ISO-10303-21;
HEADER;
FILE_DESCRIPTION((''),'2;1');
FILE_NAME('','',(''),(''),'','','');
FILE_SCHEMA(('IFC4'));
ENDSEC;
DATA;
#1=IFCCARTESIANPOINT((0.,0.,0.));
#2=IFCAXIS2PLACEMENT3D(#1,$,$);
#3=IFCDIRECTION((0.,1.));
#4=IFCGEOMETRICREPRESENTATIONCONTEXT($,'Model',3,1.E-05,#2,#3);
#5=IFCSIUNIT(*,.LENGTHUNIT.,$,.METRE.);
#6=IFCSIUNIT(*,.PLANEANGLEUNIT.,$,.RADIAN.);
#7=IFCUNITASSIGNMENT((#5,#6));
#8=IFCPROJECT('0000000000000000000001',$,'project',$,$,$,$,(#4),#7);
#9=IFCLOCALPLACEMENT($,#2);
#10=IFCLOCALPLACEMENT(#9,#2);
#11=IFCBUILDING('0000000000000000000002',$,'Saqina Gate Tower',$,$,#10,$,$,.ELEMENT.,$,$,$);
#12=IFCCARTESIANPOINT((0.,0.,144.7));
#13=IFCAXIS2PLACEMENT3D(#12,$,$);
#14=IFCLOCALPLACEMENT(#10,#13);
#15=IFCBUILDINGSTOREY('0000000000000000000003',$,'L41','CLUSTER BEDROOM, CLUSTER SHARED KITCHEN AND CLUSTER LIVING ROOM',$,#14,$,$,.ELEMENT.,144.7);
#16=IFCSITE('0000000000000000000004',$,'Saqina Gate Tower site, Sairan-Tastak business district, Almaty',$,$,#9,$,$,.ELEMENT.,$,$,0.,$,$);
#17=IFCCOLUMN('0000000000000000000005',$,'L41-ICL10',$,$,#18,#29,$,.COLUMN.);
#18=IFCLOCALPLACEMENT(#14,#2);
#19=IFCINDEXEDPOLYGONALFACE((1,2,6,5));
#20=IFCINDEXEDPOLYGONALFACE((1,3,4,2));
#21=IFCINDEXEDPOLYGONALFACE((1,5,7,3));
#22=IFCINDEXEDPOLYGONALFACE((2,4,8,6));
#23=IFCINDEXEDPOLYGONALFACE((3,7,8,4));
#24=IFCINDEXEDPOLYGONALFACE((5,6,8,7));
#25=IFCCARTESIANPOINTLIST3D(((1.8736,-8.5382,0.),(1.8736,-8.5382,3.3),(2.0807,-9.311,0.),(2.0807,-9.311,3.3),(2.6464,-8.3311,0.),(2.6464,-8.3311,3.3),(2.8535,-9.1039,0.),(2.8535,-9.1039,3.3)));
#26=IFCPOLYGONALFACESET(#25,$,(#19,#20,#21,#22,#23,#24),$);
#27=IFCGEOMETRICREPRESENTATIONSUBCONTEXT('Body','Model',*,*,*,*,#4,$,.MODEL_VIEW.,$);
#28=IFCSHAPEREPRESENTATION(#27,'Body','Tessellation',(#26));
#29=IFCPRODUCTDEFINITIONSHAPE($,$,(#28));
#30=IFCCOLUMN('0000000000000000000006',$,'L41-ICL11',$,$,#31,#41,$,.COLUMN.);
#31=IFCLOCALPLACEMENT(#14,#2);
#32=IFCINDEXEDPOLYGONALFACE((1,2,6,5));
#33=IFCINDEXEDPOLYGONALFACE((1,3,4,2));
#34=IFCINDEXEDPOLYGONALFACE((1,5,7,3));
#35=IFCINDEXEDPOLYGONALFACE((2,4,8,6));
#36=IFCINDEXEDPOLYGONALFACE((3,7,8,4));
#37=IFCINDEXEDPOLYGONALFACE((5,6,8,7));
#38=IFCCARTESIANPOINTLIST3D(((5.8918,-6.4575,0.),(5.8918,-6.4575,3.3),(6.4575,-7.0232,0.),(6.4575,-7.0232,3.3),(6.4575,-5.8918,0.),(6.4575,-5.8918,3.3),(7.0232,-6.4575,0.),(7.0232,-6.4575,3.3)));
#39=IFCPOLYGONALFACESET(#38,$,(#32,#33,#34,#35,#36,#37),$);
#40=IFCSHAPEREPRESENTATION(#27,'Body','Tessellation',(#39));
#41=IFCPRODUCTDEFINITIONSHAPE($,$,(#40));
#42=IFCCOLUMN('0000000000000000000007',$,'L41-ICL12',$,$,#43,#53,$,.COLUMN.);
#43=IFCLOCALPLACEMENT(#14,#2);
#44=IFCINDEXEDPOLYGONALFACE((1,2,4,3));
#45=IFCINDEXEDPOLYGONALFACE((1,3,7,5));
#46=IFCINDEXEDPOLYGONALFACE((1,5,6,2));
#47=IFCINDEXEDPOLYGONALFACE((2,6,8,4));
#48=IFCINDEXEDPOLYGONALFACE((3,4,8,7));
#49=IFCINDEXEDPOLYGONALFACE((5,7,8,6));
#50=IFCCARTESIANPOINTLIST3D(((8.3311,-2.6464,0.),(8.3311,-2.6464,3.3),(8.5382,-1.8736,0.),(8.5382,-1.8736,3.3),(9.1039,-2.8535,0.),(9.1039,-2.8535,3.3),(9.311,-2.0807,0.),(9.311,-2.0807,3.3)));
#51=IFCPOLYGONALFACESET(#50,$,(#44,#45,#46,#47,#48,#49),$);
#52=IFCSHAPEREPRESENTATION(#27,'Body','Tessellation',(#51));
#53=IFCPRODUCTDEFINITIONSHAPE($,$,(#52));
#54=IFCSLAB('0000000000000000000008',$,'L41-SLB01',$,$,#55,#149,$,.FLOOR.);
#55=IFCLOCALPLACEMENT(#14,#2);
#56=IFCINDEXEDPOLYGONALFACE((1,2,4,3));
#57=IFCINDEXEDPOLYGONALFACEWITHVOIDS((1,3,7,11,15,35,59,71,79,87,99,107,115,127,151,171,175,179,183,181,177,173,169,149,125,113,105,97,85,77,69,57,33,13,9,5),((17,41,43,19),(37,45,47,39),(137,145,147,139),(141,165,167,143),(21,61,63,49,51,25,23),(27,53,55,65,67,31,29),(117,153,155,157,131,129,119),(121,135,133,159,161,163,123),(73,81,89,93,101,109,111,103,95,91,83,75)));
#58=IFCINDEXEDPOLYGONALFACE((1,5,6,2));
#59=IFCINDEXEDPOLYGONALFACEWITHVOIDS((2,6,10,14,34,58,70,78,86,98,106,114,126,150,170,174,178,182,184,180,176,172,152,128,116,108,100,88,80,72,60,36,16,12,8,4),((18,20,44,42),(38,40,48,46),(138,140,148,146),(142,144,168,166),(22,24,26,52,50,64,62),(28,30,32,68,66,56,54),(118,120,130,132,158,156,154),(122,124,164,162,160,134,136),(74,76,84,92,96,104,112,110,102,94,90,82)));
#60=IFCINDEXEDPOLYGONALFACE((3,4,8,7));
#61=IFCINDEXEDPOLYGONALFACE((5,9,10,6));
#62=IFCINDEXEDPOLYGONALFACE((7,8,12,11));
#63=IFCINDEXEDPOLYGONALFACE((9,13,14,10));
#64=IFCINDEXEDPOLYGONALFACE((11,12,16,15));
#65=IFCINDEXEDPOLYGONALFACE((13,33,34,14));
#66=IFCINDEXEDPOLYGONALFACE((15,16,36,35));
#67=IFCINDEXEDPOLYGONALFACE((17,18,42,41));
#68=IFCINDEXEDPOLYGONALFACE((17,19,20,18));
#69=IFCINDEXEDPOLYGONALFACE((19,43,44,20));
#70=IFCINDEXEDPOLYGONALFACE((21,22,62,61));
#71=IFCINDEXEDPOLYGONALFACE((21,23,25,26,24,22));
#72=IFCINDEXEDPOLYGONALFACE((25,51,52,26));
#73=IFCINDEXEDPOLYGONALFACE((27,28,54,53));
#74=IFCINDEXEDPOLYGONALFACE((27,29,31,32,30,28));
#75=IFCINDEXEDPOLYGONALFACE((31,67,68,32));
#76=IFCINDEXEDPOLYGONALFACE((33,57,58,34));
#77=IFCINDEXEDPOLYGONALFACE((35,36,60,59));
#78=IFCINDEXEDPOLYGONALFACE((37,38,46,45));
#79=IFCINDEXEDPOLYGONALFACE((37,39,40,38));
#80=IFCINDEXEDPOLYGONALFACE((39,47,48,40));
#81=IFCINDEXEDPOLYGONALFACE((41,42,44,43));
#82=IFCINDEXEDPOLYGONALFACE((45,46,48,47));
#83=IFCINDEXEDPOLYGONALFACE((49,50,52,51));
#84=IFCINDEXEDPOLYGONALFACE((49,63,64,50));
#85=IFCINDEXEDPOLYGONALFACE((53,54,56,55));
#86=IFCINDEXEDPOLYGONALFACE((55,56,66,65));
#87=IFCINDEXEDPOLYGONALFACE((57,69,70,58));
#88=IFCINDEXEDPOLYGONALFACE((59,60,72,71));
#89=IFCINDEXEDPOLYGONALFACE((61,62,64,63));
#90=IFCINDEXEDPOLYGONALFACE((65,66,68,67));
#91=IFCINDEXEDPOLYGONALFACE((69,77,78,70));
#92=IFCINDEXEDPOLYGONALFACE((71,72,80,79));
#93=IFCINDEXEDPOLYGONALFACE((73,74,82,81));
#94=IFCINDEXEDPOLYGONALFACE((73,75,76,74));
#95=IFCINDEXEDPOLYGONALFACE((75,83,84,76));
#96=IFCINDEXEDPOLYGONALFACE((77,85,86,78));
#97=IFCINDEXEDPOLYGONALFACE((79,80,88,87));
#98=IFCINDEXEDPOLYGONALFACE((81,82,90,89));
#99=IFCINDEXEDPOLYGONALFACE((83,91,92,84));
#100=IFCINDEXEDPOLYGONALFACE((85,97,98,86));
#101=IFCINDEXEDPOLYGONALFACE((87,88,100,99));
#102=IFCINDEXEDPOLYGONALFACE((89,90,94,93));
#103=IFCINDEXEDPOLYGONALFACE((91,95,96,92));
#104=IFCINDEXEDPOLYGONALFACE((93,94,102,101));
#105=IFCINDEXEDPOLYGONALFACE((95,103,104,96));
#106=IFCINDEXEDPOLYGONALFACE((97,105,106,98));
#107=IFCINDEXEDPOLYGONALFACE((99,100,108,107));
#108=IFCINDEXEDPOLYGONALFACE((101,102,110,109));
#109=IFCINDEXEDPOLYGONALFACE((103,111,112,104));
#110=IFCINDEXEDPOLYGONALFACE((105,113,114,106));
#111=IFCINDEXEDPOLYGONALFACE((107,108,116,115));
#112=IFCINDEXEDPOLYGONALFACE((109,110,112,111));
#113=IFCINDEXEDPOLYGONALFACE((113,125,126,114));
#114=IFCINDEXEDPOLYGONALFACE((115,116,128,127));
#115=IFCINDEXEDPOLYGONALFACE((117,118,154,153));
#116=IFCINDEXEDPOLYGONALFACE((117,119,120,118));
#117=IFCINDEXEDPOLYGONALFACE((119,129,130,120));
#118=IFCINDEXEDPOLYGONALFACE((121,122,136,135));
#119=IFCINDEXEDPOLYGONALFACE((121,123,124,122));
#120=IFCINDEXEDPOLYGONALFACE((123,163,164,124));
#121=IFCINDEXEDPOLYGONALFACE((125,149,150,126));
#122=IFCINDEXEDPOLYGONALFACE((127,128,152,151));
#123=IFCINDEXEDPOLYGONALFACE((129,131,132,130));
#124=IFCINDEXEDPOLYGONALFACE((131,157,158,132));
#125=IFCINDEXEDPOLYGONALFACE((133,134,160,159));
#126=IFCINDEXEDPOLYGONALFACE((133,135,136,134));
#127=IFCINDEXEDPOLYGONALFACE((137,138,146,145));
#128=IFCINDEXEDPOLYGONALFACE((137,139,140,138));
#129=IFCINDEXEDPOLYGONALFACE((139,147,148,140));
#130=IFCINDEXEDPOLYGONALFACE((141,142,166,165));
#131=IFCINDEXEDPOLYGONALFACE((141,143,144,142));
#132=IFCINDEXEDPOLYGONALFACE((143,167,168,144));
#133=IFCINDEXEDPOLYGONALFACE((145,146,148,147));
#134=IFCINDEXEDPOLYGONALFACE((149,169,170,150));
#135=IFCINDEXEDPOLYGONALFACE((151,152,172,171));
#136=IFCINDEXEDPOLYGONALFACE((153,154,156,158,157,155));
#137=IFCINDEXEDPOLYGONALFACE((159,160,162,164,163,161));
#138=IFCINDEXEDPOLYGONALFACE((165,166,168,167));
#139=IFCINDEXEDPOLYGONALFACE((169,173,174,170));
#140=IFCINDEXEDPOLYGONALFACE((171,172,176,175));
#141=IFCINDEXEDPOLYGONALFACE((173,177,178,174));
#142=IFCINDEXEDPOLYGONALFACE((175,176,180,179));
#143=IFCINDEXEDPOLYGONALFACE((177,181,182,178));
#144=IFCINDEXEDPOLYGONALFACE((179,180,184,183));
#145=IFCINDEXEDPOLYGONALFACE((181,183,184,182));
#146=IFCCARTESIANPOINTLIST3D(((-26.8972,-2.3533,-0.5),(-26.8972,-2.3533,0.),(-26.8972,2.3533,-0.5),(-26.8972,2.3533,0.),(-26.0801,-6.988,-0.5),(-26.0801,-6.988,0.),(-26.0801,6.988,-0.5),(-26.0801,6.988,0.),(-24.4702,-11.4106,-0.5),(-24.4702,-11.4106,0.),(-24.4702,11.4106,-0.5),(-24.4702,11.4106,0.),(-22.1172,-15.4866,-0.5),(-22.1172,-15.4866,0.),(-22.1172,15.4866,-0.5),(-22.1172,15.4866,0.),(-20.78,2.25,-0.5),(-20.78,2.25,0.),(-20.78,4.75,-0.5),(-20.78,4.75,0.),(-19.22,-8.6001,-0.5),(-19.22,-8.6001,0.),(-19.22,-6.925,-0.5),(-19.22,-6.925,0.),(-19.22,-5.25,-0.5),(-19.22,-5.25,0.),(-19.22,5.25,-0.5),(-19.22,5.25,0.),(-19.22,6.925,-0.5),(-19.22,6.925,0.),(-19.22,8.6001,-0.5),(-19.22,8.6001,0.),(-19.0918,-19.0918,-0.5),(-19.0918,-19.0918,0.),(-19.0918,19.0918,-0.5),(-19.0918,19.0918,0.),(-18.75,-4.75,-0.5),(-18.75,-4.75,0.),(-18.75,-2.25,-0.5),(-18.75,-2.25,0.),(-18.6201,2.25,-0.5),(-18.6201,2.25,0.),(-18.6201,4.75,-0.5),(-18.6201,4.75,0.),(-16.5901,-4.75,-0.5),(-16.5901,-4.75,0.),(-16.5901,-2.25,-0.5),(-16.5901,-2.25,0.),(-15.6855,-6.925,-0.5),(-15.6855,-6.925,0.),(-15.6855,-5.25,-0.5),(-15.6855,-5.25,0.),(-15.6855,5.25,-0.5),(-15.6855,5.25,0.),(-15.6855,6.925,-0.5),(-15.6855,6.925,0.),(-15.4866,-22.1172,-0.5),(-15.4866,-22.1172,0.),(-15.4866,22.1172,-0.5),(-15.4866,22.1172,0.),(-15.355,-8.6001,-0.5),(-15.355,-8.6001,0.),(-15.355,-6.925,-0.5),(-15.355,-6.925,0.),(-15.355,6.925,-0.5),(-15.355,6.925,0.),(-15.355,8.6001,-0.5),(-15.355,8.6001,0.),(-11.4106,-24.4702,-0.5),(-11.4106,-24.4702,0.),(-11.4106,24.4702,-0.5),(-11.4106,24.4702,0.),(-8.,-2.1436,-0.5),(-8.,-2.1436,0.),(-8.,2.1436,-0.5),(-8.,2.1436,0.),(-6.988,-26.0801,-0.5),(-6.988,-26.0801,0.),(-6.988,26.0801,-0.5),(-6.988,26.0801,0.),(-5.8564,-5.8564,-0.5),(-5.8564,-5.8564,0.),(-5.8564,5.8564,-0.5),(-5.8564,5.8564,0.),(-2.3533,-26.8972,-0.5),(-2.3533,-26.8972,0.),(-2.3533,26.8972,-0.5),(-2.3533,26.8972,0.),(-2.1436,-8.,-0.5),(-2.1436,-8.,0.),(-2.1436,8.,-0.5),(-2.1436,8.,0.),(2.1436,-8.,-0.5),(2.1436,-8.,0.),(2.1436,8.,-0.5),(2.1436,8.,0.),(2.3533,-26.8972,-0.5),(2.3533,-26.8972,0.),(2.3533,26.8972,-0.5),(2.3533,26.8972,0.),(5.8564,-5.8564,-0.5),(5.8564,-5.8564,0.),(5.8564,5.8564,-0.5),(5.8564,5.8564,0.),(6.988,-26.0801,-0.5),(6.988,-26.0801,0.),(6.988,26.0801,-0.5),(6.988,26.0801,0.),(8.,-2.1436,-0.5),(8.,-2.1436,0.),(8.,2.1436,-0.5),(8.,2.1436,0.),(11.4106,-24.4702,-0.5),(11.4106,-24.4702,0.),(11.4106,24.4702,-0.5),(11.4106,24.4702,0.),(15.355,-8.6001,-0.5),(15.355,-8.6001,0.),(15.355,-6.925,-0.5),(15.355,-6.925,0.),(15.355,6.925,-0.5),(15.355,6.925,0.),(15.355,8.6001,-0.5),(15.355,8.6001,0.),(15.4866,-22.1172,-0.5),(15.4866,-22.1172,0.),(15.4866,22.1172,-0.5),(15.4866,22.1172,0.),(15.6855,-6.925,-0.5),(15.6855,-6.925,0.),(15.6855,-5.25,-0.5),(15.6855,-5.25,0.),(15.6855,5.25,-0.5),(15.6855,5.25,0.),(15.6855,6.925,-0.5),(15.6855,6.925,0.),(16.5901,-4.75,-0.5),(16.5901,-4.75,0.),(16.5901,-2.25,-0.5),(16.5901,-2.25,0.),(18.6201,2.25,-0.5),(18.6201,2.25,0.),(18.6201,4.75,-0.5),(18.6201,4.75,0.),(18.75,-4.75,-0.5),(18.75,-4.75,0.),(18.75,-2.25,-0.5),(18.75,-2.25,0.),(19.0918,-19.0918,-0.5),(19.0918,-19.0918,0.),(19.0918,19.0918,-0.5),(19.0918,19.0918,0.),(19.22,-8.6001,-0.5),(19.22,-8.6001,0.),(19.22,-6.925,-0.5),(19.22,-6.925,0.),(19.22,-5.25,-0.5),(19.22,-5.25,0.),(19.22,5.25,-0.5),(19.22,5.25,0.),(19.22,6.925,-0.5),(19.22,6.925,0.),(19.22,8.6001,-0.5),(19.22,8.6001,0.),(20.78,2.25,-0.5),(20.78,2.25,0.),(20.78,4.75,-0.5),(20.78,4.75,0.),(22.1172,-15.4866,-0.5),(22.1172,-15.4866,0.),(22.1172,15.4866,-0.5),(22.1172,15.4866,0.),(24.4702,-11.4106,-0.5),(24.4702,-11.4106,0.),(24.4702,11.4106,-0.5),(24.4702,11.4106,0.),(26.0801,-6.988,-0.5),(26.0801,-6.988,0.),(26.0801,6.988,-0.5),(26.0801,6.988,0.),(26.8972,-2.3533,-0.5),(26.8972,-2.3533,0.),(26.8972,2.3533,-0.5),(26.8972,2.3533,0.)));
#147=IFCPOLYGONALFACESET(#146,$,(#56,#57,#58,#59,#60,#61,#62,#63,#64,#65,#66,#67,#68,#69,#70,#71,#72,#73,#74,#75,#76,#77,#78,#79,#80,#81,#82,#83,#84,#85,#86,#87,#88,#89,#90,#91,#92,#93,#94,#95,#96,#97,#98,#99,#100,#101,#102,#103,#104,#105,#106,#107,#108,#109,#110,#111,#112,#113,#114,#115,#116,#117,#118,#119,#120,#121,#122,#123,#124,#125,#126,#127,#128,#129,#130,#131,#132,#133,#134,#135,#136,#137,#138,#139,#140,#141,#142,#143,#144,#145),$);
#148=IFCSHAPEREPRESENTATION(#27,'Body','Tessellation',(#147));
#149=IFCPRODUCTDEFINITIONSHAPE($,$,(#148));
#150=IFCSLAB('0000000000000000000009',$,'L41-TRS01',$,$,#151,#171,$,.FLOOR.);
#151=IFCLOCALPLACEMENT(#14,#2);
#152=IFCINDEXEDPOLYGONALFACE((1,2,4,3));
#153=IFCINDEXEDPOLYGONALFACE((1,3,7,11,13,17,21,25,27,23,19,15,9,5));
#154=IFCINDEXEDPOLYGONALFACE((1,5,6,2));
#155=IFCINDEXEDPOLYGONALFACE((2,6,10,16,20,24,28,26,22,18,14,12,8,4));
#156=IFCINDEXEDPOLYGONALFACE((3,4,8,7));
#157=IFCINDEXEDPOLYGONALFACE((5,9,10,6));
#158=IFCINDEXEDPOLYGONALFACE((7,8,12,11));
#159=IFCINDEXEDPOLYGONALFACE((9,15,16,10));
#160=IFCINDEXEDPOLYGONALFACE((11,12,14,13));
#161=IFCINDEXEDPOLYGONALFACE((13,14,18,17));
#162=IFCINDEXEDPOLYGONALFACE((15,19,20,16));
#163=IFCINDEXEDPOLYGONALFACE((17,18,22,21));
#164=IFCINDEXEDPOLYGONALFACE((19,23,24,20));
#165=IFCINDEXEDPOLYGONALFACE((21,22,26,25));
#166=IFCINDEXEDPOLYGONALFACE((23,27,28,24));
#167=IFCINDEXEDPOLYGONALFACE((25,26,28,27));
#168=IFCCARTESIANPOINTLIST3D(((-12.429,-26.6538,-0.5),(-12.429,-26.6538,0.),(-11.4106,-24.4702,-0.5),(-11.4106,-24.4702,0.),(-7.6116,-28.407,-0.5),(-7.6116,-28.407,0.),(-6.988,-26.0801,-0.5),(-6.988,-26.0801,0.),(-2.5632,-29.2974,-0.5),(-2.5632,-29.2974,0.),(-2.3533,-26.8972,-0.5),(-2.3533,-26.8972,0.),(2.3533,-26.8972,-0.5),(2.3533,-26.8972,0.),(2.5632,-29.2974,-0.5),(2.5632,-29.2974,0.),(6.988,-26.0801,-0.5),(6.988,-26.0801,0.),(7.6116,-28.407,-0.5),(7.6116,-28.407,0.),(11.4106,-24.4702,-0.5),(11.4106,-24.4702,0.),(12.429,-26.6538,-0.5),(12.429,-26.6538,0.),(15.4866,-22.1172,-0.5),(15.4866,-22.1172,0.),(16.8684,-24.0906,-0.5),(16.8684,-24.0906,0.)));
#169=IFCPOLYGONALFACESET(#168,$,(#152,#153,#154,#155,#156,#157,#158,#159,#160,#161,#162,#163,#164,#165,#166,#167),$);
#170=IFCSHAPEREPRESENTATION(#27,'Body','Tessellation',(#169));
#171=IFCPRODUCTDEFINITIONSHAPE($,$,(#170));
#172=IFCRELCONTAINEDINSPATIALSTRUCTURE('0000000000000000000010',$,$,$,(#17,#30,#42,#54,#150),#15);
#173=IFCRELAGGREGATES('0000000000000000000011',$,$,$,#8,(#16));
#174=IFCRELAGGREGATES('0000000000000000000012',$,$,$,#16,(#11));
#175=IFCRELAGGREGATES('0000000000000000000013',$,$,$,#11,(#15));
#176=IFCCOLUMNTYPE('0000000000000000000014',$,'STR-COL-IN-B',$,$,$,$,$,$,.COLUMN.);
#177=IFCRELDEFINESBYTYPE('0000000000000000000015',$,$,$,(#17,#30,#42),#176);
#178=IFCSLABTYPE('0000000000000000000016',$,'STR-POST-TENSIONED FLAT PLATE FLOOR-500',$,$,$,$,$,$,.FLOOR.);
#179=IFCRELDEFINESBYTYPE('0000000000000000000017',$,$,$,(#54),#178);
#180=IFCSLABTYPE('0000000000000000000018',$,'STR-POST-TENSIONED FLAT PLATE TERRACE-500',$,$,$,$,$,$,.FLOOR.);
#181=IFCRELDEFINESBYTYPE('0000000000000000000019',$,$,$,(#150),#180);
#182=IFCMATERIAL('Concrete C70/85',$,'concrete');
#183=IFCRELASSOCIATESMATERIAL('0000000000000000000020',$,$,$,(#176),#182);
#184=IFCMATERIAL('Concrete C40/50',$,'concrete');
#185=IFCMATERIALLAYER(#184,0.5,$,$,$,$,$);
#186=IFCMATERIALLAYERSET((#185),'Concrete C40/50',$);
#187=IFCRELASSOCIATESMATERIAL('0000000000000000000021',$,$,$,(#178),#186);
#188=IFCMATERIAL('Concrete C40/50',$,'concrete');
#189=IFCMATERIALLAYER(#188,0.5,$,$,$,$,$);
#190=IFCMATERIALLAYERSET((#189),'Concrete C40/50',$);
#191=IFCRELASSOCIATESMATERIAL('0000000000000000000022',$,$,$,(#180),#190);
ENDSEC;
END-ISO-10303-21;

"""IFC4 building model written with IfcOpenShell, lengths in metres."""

from ifc_helpers import new_model, si_unit, direction, frame, origin, origin_2d, place, context, subcontext, project, spatial, polyline, rectangle, outline, extrude, material, layer, layer_set, material_profile, profile_set, type_object, element, save


model = new_model("IFC4")

# Units and contexts
model_context = context("Model", 3, precision=1e-05, world=origin(), true_north=direction((0.0, 1.0)))
body_context = subcontext(model_context, "Body", "Model", "MODEL_VIEW")
ifc_project = project(units=[si_unit("LENGTHUNIT", "METRE"), si_unit("PLANEANGLEUNIT", "RADIAN")], contexts=[model_context])

# Site, building, storey
site_placement = place(None, origin())
site = spatial("IfcSite", under=ifc_project, at=site_placement, Name="Saqina Gate Tower site, Sairan-Tastak business district, Almaty", CompositionType="ELEMENT", RefElevation=0.0)
building_placement = place(site_placement, origin())
building = spatial("IfcBuilding", under=site, at=building_placement, Name="Saqina Gate Tower", CompositionType="ELEMENT")
storey_placement = place(building_placement, frame((0.0, 0.0, 144.7)))
storey = spatial("IfcBuildingStorey", under=building, at=storey_placement, Name="L41", Description="CLUSTER BEDROOM, CLUSTER SHARED KITCHEN AND CLUSTER LIVING ROOM", CompositionType="ELEMENT", Elevation=144.7)

# Columns
ifc_material_1 = material(Name="Concrete C70/85", Category="concrete")
ifc_material_profile = material_profile(ifc_material_1, rectangle(XDim=0.8, YDim=0.8, at=origin_2d()), Name="RC 800x800")
ifc_profile_set = profile_set([ifc_material_profile], Name="Concrete C70/85")
column_type = type_object("IfcColumnType", Name="STR-COL-IN-B", PredefinedType="COLUMN", material=ifc_profile_set)
for number, where, z_axis, x_axis, name in (
    (1, (2.3635, -8.821, 0.0), (0.0, 0.0, 1.0), (0.258819, -0.965926, 0.0), "L41-ICL10"),
    (2, (6.4575, -6.4575, 0.0), (0.0, 0.0, 1.0), (0.707107, -0.707107, 0.0), "L41-ICL11"),
    (3, (8.821, -2.3635, 0.0), (0.0, 0.0, 1.0), (0.965926, -0.258819, 0.0), "L41-ICL12"),
):
    element("IfcColumn", number, at=place(storey_placement, frame(where, z_axis=z_axis, x_axis=x_axis)), inside=storey, type_object=column_type, Name=name, PredefinedType="COLUMN", context=body_context, shape_type="SweptSolid", body=[
        extrude(rectangle(XDim=0.8, YDim=0.8, at=origin_2d()), origin(), (0.0, 0.0, 1.0), 3.3),
    ])

# Slabs
ifc_material_2 = material(Name="Concrete C40/50", Category="concrete")
ifc_layer_1 = layer(ifc_material_2, 0.5)
ifc_layer_set_1 = layer_set([ifc_layer_1], Name="Concrete C40/50")
slab_type_1 = type_object("IfcSlabType", Name="STR-POST-TENSIONED FLAT PLATE FLOOR-500", PredefinedType="FLOOR", material=ifc_layer_set_1)
slab_1_placement = place(storey_placement, frame((0.0, 0.0, -0.5)))
element("IfcSlab", 4, at=slab_1_placement, inside=storey, type_object=slab_type_1, Name="L41-SLB01", PredefinedType="FLOOR", context=body_context, shape_type="SweptSolid", body=[
    extrude(outline(polyline([(26.0801, -6.988), (26.8972, -2.3533), (26.8972, 2.3533), (26.0801, 6.988), (24.4702, 11.4106), (22.1172, 15.4866), (19.0918, 19.0918), (15.4866, 22.1172), (11.4106, 24.4702), (6.988, 26.0801), (2.3533, 26.8972), (-2.3533, 26.8972), (-6.988, 26.0801), (-11.4106, 24.4702), (-15.4866, 22.1172), (-19.0918, 19.0918), (-22.1172, 15.4866), (-24.4702, 11.4106), (-26.0801, 6.988), (-26.8972, 2.3533), (-26.8972, -2.3533), (-26.0801, -6.988), (-24.4702, -11.4106), (-22.1172, -15.4866), (-19.0918, -19.0918), (-15.4866, -22.1172), (-11.4106, -24.4702), (-6.988, -26.0801), (-2.3533, -26.8972), (2.3533, -26.8972), (6.988, -26.0801), (11.4106, -24.4702), (15.4866, -22.1172), (19.0918, -19.0918), (22.1172, -15.4866), (24.4702, -11.4106), (26.0801, -6.988)]), holes=[polyline([(2.1436, 8.0), (5.8564, 5.8564), (8.0, 2.1436), (8.0, -2.1436), (5.8564, -5.8564), (2.1436, -8.0), (-2.1436, -8.0), (-5.8564, -5.8564), (-8.0, -2.1436), (-8.0, 2.1436), (-5.8564, 5.8564), (-2.1436, 8.0), (2.1436, 8.0)]), polyline([(-15.355, -8.6001), (-19.22, -8.6001), (-19.22, -6.925), (-19.22, -5.25), (-15.6855, -5.25), (-15.6855, -6.925), (-15.355, -6.925), (-15.355, -8.6001)]), polyline([(-16.5901, -2.25), (-16.5901, -4.75), (-18.75, -4.75), (-18.75, -2.25), (-16.5901, -2.25)]), polyline([(-20.78, 4.75), (-18.6201, 4.75), (-18.6201, 2.25), (-20.78, 2.25), (-20.78, 4.75)]), polyline([(-19.22, 6.925), (-19.22, 8.6001), (-15.355, 8.6001), (-15.355, 6.925), (-15.6855, 6.925), (-15.6855, 5.25), (-19.22, 5.25), (-19.22, 6.925)]), polyline([(15.355, -8.6001), (15.355, -6.925), (15.6855, -6.925), (15.6855, -5.25), (19.22, -5.25), (19.22, -6.925), (19.22, -8.6001), (15.355, -8.6001)]), polyline([(18.75, -2.25), (18.75, -4.75), (16.5901, -4.75), (16.5901, -2.25), (18.75, -2.25)]), polyline([(18.6201, 4.75), (20.78, 4.75), (20.78, 2.25), (18.6201, 2.25), (18.6201, 4.75)]), polyline([(15.6855, 6.925), (15.355, 6.925), (15.355, 8.6001), (19.22, 8.6001), (19.22, 6.925), (19.22, 5.25), (15.6855, 5.25), (15.6855, 6.925)])]), origin(), (0.0, 0.0, 1.0), 0.5),
])
ifc_material_3 = material(Name="Concrete C40/50", Category="concrete")
ifc_layer_2 = layer(ifc_material_3, 0.5)
ifc_layer_set_2 = layer_set([ifc_layer_2], Name="Concrete C40/50")
slab_type_2 = type_object("IfcSlabType", Name="STR-POST-TENSIONED FLAT PLATE TERRACE-500", PredefinedType="FLOOR", material=ifc_layer_set_2)
slab_2_placement = place(storey_placement, frame((0.0, 0.0, -0.5)))
element("IfcSlab", 5, at=slab_2_placement, inside=storey, type_object=slab_type_2, Name="L41-TRS01", PredefinedType="FLOOR", context=body_context, shape_type="SweptSolid", body=[
    extrude(outline(polyline([(-11.4106, -24.4702), (-6.988, -26.0801), (-2.3533, -26.8972), (2.3533, -26.8972), (6.988, -26.0801), (11.4106, -24.4702), (15.4866, -22.1172), (16.8684, -24.0906), (12.429, -26.6538), (7.6116, -28.407), (2.5632, -29.2974), (-2.5632, -29.2974), (-7.6116, -28.407), (-12.429, -26.6538), (-11.4106, -24.4702)])), origin(), (0.0, 0.0, 1.0), 0.5),
])

save(model, "model.ifc")
